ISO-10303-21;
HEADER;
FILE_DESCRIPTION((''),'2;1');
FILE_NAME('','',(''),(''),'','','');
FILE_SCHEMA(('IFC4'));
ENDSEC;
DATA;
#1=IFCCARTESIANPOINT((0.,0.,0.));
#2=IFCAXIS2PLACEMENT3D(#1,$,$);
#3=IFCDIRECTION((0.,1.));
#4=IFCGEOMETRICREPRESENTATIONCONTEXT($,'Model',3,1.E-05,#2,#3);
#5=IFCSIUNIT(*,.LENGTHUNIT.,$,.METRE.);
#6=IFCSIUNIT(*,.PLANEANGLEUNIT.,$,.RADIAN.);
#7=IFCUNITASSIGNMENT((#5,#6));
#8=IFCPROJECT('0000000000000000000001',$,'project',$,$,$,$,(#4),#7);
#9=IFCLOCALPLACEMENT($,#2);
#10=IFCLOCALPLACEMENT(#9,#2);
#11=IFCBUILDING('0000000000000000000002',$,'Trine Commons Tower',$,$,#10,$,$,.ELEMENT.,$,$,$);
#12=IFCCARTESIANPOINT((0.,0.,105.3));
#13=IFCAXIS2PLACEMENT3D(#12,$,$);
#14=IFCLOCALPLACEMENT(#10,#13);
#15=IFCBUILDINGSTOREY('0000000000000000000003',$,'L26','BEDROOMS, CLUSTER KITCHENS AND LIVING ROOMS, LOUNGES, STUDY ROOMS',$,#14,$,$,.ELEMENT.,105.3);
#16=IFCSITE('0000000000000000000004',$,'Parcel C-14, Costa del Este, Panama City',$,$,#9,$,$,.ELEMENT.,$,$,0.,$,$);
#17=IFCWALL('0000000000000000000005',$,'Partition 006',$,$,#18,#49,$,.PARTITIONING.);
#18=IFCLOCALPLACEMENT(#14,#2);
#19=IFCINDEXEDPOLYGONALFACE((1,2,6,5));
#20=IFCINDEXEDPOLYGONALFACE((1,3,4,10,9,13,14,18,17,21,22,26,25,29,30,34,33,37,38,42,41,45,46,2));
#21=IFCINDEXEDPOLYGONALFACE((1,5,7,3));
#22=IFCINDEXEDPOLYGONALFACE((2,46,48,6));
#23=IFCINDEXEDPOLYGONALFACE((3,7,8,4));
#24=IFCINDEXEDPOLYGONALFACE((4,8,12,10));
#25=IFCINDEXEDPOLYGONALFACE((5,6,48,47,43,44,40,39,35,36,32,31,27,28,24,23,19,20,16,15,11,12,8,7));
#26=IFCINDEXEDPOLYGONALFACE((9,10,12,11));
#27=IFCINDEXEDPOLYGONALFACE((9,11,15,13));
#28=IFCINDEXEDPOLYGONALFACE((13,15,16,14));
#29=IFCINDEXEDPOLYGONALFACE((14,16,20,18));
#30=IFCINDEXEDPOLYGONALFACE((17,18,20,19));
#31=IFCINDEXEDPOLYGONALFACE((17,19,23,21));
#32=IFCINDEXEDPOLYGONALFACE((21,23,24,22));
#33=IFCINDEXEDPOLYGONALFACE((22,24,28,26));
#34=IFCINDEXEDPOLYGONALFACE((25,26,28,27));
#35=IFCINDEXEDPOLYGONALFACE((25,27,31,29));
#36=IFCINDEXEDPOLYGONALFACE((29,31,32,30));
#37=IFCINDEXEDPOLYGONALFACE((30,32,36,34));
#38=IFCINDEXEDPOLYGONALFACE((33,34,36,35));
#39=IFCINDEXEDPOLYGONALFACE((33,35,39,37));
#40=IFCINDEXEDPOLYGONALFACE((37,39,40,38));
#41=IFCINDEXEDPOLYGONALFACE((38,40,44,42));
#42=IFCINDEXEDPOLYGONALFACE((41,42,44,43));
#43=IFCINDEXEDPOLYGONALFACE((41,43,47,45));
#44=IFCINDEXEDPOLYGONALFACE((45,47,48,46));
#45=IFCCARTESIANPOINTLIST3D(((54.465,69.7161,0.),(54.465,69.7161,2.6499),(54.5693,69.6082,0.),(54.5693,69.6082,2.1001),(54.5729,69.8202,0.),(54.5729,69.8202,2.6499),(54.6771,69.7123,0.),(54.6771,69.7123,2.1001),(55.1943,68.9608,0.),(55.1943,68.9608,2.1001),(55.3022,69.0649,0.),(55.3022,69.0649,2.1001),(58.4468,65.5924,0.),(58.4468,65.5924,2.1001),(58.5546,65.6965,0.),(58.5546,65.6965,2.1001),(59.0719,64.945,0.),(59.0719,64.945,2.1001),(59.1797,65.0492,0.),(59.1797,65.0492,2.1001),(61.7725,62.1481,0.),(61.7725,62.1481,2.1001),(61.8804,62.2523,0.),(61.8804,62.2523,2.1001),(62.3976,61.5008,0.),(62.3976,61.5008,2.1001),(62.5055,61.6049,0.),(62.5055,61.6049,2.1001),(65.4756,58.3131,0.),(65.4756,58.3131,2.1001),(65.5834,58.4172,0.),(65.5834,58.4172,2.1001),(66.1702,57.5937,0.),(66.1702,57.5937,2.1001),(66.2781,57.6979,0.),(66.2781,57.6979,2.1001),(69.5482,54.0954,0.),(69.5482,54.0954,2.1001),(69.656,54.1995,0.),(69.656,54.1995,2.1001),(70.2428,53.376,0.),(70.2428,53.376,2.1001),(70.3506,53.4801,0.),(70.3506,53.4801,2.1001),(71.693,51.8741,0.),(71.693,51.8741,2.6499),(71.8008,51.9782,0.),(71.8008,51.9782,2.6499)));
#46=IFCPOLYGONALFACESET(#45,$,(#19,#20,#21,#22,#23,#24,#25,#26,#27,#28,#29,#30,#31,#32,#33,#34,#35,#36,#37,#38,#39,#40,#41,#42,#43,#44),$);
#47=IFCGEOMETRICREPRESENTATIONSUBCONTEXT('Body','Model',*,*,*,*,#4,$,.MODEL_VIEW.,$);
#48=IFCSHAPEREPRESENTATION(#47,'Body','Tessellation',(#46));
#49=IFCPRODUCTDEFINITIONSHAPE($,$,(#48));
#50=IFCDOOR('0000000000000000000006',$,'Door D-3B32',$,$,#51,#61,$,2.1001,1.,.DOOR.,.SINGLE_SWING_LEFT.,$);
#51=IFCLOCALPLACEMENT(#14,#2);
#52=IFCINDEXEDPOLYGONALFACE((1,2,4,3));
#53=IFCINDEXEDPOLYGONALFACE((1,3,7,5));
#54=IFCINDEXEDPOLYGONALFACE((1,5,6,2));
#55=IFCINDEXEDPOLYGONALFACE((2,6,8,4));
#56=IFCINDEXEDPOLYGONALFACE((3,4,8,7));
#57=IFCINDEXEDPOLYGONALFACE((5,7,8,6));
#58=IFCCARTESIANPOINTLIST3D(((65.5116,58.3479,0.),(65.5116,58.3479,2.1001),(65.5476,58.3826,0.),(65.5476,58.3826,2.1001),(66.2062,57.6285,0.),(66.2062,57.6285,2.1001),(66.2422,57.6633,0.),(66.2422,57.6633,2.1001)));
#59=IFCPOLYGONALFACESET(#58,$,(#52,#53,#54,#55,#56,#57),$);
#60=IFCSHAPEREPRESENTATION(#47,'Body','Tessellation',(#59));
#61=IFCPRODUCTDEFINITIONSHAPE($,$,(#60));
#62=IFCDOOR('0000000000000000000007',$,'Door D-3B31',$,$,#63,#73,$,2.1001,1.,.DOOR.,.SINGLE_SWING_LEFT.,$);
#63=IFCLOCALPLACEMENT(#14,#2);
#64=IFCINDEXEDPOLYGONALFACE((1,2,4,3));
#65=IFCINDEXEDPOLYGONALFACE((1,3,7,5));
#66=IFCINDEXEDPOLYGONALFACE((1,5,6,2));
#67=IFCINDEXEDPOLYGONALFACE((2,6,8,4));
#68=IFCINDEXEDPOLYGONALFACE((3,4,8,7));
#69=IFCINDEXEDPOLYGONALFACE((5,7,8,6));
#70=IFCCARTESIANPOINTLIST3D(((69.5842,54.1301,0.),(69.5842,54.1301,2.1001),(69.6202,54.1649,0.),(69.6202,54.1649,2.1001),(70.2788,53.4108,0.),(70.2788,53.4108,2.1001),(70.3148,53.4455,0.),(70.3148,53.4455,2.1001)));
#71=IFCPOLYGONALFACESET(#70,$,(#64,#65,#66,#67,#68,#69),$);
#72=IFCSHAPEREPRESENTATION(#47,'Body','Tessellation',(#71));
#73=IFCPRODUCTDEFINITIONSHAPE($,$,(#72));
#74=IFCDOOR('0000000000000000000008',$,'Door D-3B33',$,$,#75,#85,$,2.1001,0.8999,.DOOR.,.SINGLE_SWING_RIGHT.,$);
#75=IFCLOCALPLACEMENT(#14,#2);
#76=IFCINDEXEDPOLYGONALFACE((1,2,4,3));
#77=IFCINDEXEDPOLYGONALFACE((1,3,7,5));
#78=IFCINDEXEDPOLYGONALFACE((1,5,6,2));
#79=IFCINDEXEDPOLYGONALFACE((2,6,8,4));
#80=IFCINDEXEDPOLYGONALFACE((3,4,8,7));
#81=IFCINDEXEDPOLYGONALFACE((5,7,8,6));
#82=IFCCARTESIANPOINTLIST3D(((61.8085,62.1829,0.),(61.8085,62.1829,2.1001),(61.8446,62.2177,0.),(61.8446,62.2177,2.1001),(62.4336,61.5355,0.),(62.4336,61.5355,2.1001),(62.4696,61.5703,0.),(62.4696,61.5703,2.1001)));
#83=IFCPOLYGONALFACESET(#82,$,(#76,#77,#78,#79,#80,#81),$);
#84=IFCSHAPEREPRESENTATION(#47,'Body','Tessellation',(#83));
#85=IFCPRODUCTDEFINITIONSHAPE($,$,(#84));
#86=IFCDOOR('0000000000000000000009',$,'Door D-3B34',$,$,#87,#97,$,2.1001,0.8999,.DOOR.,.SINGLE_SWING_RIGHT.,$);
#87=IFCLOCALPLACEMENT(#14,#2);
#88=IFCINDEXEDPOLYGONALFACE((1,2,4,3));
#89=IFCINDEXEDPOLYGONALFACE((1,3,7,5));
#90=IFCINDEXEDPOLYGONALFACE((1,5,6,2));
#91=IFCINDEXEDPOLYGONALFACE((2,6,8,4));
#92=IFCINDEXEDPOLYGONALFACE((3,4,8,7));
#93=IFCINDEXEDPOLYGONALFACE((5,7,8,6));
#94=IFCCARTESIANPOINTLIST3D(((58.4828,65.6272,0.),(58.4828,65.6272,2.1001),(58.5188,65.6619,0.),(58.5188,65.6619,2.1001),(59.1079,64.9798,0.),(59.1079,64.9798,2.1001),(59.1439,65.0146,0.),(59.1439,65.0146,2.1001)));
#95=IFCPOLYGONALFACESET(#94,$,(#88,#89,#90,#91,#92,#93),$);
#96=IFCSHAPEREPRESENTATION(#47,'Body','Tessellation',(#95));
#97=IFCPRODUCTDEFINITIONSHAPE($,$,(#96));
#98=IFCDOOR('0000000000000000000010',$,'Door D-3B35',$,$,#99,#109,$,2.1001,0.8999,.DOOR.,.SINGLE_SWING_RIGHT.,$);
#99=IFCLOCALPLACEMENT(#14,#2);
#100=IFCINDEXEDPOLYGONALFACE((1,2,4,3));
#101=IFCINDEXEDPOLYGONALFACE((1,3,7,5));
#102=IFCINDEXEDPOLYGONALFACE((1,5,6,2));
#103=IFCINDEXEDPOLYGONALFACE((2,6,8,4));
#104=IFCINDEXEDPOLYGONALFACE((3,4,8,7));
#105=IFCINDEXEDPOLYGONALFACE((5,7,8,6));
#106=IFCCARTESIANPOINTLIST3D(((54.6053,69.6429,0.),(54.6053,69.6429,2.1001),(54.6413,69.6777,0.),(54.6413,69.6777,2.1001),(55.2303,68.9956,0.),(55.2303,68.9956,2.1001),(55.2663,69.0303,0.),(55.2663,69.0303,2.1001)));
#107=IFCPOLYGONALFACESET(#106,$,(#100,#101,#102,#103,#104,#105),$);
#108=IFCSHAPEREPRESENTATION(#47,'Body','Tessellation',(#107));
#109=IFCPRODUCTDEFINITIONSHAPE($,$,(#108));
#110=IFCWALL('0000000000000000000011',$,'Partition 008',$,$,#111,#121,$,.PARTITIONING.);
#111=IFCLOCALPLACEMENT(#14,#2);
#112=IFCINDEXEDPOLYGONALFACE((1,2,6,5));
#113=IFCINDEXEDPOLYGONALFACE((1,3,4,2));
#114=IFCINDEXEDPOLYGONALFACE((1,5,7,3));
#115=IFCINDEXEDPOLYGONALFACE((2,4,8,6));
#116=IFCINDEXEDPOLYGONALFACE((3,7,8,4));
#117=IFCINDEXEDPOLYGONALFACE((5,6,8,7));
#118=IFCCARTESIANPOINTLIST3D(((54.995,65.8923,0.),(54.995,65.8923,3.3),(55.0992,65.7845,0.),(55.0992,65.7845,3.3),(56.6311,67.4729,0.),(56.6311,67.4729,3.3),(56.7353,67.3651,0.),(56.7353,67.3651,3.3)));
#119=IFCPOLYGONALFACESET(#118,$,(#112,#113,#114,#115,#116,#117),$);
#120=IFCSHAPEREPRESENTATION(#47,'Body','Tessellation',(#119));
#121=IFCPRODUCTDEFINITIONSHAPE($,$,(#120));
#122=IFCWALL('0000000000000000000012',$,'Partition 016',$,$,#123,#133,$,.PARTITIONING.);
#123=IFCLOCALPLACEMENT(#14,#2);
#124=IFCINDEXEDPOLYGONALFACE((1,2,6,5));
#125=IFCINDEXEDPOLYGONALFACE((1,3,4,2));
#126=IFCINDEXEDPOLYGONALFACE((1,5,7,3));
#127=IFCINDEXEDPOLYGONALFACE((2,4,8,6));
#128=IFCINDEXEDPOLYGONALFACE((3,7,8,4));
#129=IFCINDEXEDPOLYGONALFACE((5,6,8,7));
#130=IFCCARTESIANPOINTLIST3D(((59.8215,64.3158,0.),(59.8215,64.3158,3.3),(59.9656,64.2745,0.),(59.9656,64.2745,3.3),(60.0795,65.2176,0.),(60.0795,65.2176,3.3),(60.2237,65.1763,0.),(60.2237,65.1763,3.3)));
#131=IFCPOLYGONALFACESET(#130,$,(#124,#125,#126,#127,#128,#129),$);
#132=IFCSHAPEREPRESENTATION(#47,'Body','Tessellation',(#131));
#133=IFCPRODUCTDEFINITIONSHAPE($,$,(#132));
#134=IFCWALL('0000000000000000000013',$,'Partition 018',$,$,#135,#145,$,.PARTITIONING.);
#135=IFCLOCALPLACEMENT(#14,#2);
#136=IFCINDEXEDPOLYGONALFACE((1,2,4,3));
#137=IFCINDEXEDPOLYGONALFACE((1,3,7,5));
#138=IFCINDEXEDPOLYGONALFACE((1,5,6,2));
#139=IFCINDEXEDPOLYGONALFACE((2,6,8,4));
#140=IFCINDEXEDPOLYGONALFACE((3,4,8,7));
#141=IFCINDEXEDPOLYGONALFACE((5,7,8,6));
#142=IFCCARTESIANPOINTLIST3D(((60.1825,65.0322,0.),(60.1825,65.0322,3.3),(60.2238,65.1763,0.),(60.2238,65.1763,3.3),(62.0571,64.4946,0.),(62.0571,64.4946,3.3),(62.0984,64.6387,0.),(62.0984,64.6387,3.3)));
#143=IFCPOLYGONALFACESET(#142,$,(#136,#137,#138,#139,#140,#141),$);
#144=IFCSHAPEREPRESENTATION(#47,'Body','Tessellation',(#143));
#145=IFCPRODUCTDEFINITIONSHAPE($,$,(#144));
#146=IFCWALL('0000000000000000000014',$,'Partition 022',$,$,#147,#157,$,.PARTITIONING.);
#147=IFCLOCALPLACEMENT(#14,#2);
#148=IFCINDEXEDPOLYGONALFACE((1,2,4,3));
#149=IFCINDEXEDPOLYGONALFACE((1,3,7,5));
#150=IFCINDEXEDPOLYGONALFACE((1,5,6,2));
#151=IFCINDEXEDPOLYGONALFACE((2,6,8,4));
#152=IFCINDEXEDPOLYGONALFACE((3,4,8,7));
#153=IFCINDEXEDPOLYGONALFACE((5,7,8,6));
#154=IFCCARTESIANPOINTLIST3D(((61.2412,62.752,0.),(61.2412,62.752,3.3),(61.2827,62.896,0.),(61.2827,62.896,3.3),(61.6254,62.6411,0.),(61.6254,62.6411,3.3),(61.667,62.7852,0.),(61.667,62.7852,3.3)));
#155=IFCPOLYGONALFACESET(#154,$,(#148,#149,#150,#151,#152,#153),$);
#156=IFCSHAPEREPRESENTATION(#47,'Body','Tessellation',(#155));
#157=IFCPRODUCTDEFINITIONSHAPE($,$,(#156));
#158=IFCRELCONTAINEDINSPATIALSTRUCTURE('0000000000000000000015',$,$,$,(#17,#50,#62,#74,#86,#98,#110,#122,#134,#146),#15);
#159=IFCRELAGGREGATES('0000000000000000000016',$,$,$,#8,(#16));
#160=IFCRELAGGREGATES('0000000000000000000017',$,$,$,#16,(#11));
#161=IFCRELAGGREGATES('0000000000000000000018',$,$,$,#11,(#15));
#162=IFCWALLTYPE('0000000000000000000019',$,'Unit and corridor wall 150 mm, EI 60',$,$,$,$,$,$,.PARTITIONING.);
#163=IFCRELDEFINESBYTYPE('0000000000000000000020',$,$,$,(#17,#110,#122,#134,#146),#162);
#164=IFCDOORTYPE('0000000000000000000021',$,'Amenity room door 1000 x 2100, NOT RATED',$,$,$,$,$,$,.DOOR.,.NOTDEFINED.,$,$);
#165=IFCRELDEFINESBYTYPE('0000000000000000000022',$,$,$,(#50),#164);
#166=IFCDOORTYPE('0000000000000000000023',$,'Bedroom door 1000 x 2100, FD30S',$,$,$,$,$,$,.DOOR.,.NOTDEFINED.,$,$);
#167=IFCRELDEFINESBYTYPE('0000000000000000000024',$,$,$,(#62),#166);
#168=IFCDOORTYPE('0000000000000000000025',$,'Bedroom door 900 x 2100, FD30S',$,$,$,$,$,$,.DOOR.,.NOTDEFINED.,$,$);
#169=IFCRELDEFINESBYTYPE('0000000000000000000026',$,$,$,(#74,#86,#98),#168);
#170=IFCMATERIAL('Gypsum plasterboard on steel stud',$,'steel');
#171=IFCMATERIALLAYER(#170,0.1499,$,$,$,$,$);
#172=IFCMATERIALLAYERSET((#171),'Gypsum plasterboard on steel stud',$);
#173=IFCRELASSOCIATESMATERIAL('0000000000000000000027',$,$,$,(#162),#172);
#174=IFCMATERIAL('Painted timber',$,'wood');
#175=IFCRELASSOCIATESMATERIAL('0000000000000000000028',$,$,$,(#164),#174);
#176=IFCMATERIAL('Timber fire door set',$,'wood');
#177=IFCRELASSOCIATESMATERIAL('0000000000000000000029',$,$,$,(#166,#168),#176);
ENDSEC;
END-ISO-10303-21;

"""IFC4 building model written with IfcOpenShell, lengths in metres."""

from ifc_helpers import new_model, si_unit, direction, frame, frame_2d, origin, place, context, subcontext, project, spatial, rectangle, extrude, material, layer, layer_set, type_object, element, fill, save


model = new_model("IFC4")

# Units and contexts
model_context = context("Model", 3, precision=1e-05, world=origin(), true_north=direction((0.0, 1.0)))
body_context = subcontext(model_context, "Body", "Model", "MODEL_VIEW")
ifc_project = project(units=[si_unit("LENGTHUNIT", "METRE"), si_unit("PLANEANGLEUNIT", "RADIAN")], contexts=[model_context])

# Site, building, storey
site_placement = place(None, origin())
site = spatial("IfcSite", under=ifc_project, at=site_placement, Name="Parcel C-14, Costa del Este, Panama City", CompositionType="ELEMENT", RefElevation=0.0)
building_placement = place(site_placement, origin())
building = spatial("IfcBuilding", under=site, at=building_placement, Name="Trine Commons Tower", CompositionType="ELEMENT")
storey_placement = place(building_placement, frame((0.0, 0.0, 105.3)))
storey = spatial("IfcBuildingStorey", under=building, at=storey_placement, Name="L26", Description="BEDROOMS, CLUSTER KITCHENS AND LIVING ROOMS, LOUNGES, STUDY ROOMS", CompositionType="ELEMENT", Elevation=105.3)

# Shared definitions
ifc_material_1 = material(Name="Gypsum plasterboard on steel stud", Category="steel")
ifc_layer_1 = layer(ifc_material_1, 0.1499)
ifc_layer_set_1 = layer_set([ifc_layer_1], Name="Gypsum plasterboard on steel stud")
wall_type_1 = type_object("IfcWallType", Name="Unit and corridor wall 150 mm, EI 60", PredefinedType="PARTITIONING", material=ifc_layer_set_1)

# Wall, openings, doors
wall_1_placement = place(storey_placement, frame((54.519, 69.7681, 0.0), z_axis=(0.0, 0.0, 1.0), x_axis=(0.69462, -0.719377, 0.0)))
wall_1 = element("IfcWall", 1, at=wall_1_placement, inside=storey, type_object=wall_type_1, Name="Partition 006", PredefinedType="PARTITIONING", context=body_context, shape_type="SweptSolid", body=[
    extrude(rectangle(XDim=24.802, YDim=0.1499, at=frame_2d((12.4009, 0.0))), origin(), (0.0, 0.0, 1.0), 2.6499),
])
opening_1_placement = place(wall_1_placement, frame((21.7141, 0.0, 0.0)))
opening_1 = element("IfcOpeningElement", 2, at=opening_1_placement, cuts=wall_1, PredefinedType="OPENING", context=body_context, shape_type="SweptSolid", body=[
    extrude(rectangle(XDim=1.0, YDim=2.1001, at=frame_2d((0.5, 1.05))), frame((0.0, 0.085, 0.0), z_axis=(0.0, -1.0, 0.0), x_axis=(1.0, 0.0, 0.0)), (0.0, 0.0, 1.0), 0.1699),
])
opening_2_placement = place(wall_1_placement, frame((15.8511, 0.0, 0.0)))
opening_2 = element("IfcOpeningElement", 3, at=opening_2_placement, cuts=wall_1, PredefinedType="OPENING", context=body_context, shape_type="SweptSolid", body=[
    extrude(rectangle(XDim=1.0, YDim=2.1001, at=frame_2d((0.5, 1.05))), frame((0.0, 0.085, 0.0), z_axis=(0.0, -1.0, 0.0), x_axis=(1.0, 0.0, 0.0)), (0.0, 0.0, 1.0), 0.1699),
])
opening_3_placement = place(wall_1_placement, frame((10.52, 0.0, 0.0)))
opening_3 = element("IfcOpeningElement", 4, at=opening_3_placement, cuts=wall_1, PredefinedType="OPENING", context=body_context, shape_type="SweptSolid", body=[
    extrude(rectangle(XDim=0.8999, YDim=2.1001, at=frame_2d((0.45, 1.05))), frame((0.0, 0.085, 0.0), z_axis=(0.0, -1.0, 0.0), x_axis=(1.0, 0.0, 0.0)), (0.0, 0.0, 1.0), 0.1699),
])
opening_4_placement = place(wall_1_placement, frame((5.7322, 0.0, 0.0)))
opening_4 = element("IfcOpeningElement", 5, at=opening_4_placement, cuts=wall_1, PredefinedType="OPENING", context=body_context, shape_type="SweptSolid", body=[
    extrude(rectangle(XDim=0.8999, YDim=2.1001, at=frame_2d((0.45, 1.05))), frame((0.0, 0.085, 0.0), z_axis=(0.0, -1.0, 0.0), x_axis=(1.0, 0.0, 0.0)), (0.0, 0.0, 1.0), 0.1699),
])
opening_5_placement = place(wall_1_placement, frame((0.1499, 0.0, 0.0)))
opening_5 = element("IfcOpeningElement", 6, at=opening_5_placement, cuts=wall_1, PredefinedType="OPENING", context=body_context, shape_type="SweptSolid", body=[
    extrude(rectangle(XDim=0.8999, YDim=2.1001, at=frame_2d((0.45, 1.05))), frame((0.0, 0.085, 0.0), z_axis=(0.0, -1.0, 0.0), x_axis=(1.0, 0.0, 0.0)), (0.0, 0.0, 1.0), 0.1699),
])
ifc_material_2 = material(Name="Painted timber", Category="wood")
door_type_1 = type_object("IfcDoorType", Name="Amenity room door 1000 x 2100, NOT RATED", OperationType="NOTDEFINED", PredefinedType="DOOR", material=ifc_material_2)
door_1_placement = place(opening_2_placement, frame((1.0, 0.0, 0.0), z_axis=(0.0, 0.0, 1.0), x_axis=(-1.0, 0.0, 0.0)))
door_1 = element("IfcDoor", 7, at=door_1_placement, inside=storey, type_object=door_type_1, Name="Door D-3B32", OperationType="SINGLE_SWING_LEFT", OverallHeight=2.1001, OverallWidth=1.0, PredefinedType="DOOR", context=body_context, shape_type="SweptSolid", body=[
    extrude(rectangle(XDim=1.0, YDim=2.1001, at=frame_2d((0.5, 1.05))), frame((0.0, 0.0249, 0.0), z_axis=(0.0, -1.0, 0.0), x_axis=(1.0, 0.0, 0.0)), (0.0, 0.0, 1.0), 0.05),
])
fill(opening_2, door_1)
ifc_material_3 = material(Name="Timber fire door set", Category="wood")
door_type_2 = type_object("IfcDoorType", Name="Bedroom door 1000 x 2100, FD30S", OperationType="NOTDEFINED", PredefinedType="DOOR", material=ifc_material_3)
door_2_placement = place(opening_1_placement, frame((1.0, 0.0, 0.0), z_axis=(0.0, 0.0, 1.0), x_axis=(-1.0, 0.0, 0.0)))
door_2 = element("IfcDoor", 8, at=door_2_placement, inside=storey, type_object=door_type_2, Name="Door D-3B31", OperationType="SINGLE_SWING_LEFT", OverallHeight=2.1001, OverallWidth=1.0, PredefinedType="DOOR", context=body_context, shape_type="SweptSolid", body=[
    extrude(rectangle(XDim=1.0, YDim=2.1001, at=frame_2d((0.5, 1.05))), frame((0.0, 0.0249, 0.0), z_axis=(0.0, -1.0, 0.0), x_axis=(1.0, 0.0, 0.0)), (0.0, 0.0, 1.0), 0.05),
])
fill(opening_1, door_2)
door_type_3 = type_object("IfcDoorType", Name="Bedroom door 900 x 2100, FD30S", OperationType="NOTDEFINED", PredefinedType="DOOR", material=ifc_material_3)
door_3_placement = place(opening_3_placement, frame((0.8999, 0.0, 0.0), z_axis=(0.0, 0.0, 1.0), x_axis=(-1.0, 0.0, 0.0)))
door_3 = element("IfcDoor", 9, at=door_3_placement, inside=storey, type_object=door_type_3, Name="Door D-3B33", OperationType="SINGLE_SWING_RIGHT", OverallHeight=2.1001, OverallWidth=0.8999, PredefinedType="DOOR", context=body_context, shape_type="SweptSolid", body=[
    extrude(rectangle(XDim=0.8999, YDim=2.1001, at=frame_2d((0.45, 1.05))), frame((0.0, 0.0249, 0.0), z_axis=(0.0, -1.0, 0.0), x_axis=(1.0, 0.0, 0.0)), (0.0, 0.0, 1.0), 0.05),
])
fill(opening_3, door_3)
door_4_placement = place(opening_4_placement, frame((0.8999, 0.0, 0.0), z_axis=(0.0, 0.0, 1.0), x_axis=(-1.0, 0.0, 0.0)))
door_4 = element("IfcDoor", 10, at=door_4_placement, inside=storey, type_object=door_type_3, Name="Door D-3B34", OperationType="SINGLE_SWING_RIGHT", OverallHeight=2.1001, OverallWidth=0.8999, PredefinedType="DOOR", context=body_context, shape_type="SweptSolid", body=[
    extrude(rectangle(XDim=0.8999, YDim=2.1001, at=frame_2d((0.45, 1.05))), frame((0.0, 0.0249, 0.0), z_axis=(0.0, -1.0, 0.0), x_axis=(1.0, 0.0, 0.0)), (0.0, 0.0, 1.0), 0.05),
])
fill(opening_4, door_4)
door_5_placement = place(opening_5_placement, frame((0.8999, 0.0, 0.0), z_axis=(0.0, 0.0, 1.0), x_axis=(-1.0, 0.0, 0.0)))
door_5 = element("IfcDoor", 11, at=door_5_placement, inside=storey, type_object=door_type_3, Name="Door D-3B35", OperationType="SINGLE_SWING_RIGHT", OverallHeight=2.1001, OverallWidth=0.8999, PredefinedType="DOOR", context=body_context, shape_type="SweptSolid", body=[
    extrude(rectangle(XDim=0.8999, YDim=2.1001, at=frame_2d((0.45, 1.05))), frame((0.0, 0.0249, 0.0), z_axis=(0.0, -1.0, 0.0), x_axis=(1.0, 0.0, 0.0)), (0.0, 0.0, 1.0), 0.05),
])
fill(opening_5, door_5)

# Walls
wall_2_placement = place(storey_placement, frame((55.0471, 65.8384, 0.0), z_axis=(0.0, 0.0, 1.0), x_axis=(0.719183, 0.69482, 0.0)))
element("IfcWall", 12, at=wall_2_placement, inside=storey, type_object=wall_type_1, Name="Partition 008", PredefinedType="PARTITIONING", context=body_context, shape_type="SweptSolid", body=[
    extrude(rectangle(XDim=2.2749, YDim=0.1499, at=frame_2d((1.1375, 0.0))), origin(), (0.0, 0.0, 1.0), 3.3),
])
wall_3_placement = place(storey_placement, frame((59.8936, 64.2952, 0.0), z_axis=(0.0, 0.0, 1.0), x_axis=(0.275099, 0.961416, 0.0)))
element("IfcWall", 13, at=wall_3_placement, inside=storey, type_object=wall_type_1, Name="Partition 016", PredefinedType="PARTITIONING", context=body_context, shape_type="SweptSolid", body=[
    extrude(rectangle(XDim=0.938, YDim=0.1499, at=frame_2d((0.469, 0.0))), origin(), (0.0, 0.0, 1.0), 3.3),
])
wall_4_placement = place(storey_placement, frame((60.2031, 65.1042, 0.0), z_axis=(0.0, 0.0, 1.0), x_axis=(0.961259, -0.275647, 0.0)))
element("IfcWall", 14, at=wall_4_placement, inside=storey, type_object=wall_type_1, Name="Partition 018", PredefinedType="PARTITIONING", context=body_context, shape_type="SweptSolid", body=[
    extrude(rectangle(XDim=1.9502, YDim=0.1499, at=frame_2d((0.9751, 0.0))), origin(), (0.0, 0.0, 1.0), 3.3),
])
wall_5_placement = place(storey_placement, frame((61.262, 62.824, 0.0), z_axis=(0.0, 0.0, 1.0), x_axis=(0.96083, -0.277139, 0.0)))
element("IfcWall", 15, at=wall_5_placement, inside=storey, type_object=wall_type_1, Name="Partition 022", PredefinedType="PARTITIONING", context=body_context, shape_type="SweptSolid", body=[
    extrude(rectangle(XDim=0.3999, YDim=0.1499, at=frame_2d((0.2, 0.0))), origin(), (0.0, 0.0, 1.0), 3.3),
])

save(model, "model.ifc")
